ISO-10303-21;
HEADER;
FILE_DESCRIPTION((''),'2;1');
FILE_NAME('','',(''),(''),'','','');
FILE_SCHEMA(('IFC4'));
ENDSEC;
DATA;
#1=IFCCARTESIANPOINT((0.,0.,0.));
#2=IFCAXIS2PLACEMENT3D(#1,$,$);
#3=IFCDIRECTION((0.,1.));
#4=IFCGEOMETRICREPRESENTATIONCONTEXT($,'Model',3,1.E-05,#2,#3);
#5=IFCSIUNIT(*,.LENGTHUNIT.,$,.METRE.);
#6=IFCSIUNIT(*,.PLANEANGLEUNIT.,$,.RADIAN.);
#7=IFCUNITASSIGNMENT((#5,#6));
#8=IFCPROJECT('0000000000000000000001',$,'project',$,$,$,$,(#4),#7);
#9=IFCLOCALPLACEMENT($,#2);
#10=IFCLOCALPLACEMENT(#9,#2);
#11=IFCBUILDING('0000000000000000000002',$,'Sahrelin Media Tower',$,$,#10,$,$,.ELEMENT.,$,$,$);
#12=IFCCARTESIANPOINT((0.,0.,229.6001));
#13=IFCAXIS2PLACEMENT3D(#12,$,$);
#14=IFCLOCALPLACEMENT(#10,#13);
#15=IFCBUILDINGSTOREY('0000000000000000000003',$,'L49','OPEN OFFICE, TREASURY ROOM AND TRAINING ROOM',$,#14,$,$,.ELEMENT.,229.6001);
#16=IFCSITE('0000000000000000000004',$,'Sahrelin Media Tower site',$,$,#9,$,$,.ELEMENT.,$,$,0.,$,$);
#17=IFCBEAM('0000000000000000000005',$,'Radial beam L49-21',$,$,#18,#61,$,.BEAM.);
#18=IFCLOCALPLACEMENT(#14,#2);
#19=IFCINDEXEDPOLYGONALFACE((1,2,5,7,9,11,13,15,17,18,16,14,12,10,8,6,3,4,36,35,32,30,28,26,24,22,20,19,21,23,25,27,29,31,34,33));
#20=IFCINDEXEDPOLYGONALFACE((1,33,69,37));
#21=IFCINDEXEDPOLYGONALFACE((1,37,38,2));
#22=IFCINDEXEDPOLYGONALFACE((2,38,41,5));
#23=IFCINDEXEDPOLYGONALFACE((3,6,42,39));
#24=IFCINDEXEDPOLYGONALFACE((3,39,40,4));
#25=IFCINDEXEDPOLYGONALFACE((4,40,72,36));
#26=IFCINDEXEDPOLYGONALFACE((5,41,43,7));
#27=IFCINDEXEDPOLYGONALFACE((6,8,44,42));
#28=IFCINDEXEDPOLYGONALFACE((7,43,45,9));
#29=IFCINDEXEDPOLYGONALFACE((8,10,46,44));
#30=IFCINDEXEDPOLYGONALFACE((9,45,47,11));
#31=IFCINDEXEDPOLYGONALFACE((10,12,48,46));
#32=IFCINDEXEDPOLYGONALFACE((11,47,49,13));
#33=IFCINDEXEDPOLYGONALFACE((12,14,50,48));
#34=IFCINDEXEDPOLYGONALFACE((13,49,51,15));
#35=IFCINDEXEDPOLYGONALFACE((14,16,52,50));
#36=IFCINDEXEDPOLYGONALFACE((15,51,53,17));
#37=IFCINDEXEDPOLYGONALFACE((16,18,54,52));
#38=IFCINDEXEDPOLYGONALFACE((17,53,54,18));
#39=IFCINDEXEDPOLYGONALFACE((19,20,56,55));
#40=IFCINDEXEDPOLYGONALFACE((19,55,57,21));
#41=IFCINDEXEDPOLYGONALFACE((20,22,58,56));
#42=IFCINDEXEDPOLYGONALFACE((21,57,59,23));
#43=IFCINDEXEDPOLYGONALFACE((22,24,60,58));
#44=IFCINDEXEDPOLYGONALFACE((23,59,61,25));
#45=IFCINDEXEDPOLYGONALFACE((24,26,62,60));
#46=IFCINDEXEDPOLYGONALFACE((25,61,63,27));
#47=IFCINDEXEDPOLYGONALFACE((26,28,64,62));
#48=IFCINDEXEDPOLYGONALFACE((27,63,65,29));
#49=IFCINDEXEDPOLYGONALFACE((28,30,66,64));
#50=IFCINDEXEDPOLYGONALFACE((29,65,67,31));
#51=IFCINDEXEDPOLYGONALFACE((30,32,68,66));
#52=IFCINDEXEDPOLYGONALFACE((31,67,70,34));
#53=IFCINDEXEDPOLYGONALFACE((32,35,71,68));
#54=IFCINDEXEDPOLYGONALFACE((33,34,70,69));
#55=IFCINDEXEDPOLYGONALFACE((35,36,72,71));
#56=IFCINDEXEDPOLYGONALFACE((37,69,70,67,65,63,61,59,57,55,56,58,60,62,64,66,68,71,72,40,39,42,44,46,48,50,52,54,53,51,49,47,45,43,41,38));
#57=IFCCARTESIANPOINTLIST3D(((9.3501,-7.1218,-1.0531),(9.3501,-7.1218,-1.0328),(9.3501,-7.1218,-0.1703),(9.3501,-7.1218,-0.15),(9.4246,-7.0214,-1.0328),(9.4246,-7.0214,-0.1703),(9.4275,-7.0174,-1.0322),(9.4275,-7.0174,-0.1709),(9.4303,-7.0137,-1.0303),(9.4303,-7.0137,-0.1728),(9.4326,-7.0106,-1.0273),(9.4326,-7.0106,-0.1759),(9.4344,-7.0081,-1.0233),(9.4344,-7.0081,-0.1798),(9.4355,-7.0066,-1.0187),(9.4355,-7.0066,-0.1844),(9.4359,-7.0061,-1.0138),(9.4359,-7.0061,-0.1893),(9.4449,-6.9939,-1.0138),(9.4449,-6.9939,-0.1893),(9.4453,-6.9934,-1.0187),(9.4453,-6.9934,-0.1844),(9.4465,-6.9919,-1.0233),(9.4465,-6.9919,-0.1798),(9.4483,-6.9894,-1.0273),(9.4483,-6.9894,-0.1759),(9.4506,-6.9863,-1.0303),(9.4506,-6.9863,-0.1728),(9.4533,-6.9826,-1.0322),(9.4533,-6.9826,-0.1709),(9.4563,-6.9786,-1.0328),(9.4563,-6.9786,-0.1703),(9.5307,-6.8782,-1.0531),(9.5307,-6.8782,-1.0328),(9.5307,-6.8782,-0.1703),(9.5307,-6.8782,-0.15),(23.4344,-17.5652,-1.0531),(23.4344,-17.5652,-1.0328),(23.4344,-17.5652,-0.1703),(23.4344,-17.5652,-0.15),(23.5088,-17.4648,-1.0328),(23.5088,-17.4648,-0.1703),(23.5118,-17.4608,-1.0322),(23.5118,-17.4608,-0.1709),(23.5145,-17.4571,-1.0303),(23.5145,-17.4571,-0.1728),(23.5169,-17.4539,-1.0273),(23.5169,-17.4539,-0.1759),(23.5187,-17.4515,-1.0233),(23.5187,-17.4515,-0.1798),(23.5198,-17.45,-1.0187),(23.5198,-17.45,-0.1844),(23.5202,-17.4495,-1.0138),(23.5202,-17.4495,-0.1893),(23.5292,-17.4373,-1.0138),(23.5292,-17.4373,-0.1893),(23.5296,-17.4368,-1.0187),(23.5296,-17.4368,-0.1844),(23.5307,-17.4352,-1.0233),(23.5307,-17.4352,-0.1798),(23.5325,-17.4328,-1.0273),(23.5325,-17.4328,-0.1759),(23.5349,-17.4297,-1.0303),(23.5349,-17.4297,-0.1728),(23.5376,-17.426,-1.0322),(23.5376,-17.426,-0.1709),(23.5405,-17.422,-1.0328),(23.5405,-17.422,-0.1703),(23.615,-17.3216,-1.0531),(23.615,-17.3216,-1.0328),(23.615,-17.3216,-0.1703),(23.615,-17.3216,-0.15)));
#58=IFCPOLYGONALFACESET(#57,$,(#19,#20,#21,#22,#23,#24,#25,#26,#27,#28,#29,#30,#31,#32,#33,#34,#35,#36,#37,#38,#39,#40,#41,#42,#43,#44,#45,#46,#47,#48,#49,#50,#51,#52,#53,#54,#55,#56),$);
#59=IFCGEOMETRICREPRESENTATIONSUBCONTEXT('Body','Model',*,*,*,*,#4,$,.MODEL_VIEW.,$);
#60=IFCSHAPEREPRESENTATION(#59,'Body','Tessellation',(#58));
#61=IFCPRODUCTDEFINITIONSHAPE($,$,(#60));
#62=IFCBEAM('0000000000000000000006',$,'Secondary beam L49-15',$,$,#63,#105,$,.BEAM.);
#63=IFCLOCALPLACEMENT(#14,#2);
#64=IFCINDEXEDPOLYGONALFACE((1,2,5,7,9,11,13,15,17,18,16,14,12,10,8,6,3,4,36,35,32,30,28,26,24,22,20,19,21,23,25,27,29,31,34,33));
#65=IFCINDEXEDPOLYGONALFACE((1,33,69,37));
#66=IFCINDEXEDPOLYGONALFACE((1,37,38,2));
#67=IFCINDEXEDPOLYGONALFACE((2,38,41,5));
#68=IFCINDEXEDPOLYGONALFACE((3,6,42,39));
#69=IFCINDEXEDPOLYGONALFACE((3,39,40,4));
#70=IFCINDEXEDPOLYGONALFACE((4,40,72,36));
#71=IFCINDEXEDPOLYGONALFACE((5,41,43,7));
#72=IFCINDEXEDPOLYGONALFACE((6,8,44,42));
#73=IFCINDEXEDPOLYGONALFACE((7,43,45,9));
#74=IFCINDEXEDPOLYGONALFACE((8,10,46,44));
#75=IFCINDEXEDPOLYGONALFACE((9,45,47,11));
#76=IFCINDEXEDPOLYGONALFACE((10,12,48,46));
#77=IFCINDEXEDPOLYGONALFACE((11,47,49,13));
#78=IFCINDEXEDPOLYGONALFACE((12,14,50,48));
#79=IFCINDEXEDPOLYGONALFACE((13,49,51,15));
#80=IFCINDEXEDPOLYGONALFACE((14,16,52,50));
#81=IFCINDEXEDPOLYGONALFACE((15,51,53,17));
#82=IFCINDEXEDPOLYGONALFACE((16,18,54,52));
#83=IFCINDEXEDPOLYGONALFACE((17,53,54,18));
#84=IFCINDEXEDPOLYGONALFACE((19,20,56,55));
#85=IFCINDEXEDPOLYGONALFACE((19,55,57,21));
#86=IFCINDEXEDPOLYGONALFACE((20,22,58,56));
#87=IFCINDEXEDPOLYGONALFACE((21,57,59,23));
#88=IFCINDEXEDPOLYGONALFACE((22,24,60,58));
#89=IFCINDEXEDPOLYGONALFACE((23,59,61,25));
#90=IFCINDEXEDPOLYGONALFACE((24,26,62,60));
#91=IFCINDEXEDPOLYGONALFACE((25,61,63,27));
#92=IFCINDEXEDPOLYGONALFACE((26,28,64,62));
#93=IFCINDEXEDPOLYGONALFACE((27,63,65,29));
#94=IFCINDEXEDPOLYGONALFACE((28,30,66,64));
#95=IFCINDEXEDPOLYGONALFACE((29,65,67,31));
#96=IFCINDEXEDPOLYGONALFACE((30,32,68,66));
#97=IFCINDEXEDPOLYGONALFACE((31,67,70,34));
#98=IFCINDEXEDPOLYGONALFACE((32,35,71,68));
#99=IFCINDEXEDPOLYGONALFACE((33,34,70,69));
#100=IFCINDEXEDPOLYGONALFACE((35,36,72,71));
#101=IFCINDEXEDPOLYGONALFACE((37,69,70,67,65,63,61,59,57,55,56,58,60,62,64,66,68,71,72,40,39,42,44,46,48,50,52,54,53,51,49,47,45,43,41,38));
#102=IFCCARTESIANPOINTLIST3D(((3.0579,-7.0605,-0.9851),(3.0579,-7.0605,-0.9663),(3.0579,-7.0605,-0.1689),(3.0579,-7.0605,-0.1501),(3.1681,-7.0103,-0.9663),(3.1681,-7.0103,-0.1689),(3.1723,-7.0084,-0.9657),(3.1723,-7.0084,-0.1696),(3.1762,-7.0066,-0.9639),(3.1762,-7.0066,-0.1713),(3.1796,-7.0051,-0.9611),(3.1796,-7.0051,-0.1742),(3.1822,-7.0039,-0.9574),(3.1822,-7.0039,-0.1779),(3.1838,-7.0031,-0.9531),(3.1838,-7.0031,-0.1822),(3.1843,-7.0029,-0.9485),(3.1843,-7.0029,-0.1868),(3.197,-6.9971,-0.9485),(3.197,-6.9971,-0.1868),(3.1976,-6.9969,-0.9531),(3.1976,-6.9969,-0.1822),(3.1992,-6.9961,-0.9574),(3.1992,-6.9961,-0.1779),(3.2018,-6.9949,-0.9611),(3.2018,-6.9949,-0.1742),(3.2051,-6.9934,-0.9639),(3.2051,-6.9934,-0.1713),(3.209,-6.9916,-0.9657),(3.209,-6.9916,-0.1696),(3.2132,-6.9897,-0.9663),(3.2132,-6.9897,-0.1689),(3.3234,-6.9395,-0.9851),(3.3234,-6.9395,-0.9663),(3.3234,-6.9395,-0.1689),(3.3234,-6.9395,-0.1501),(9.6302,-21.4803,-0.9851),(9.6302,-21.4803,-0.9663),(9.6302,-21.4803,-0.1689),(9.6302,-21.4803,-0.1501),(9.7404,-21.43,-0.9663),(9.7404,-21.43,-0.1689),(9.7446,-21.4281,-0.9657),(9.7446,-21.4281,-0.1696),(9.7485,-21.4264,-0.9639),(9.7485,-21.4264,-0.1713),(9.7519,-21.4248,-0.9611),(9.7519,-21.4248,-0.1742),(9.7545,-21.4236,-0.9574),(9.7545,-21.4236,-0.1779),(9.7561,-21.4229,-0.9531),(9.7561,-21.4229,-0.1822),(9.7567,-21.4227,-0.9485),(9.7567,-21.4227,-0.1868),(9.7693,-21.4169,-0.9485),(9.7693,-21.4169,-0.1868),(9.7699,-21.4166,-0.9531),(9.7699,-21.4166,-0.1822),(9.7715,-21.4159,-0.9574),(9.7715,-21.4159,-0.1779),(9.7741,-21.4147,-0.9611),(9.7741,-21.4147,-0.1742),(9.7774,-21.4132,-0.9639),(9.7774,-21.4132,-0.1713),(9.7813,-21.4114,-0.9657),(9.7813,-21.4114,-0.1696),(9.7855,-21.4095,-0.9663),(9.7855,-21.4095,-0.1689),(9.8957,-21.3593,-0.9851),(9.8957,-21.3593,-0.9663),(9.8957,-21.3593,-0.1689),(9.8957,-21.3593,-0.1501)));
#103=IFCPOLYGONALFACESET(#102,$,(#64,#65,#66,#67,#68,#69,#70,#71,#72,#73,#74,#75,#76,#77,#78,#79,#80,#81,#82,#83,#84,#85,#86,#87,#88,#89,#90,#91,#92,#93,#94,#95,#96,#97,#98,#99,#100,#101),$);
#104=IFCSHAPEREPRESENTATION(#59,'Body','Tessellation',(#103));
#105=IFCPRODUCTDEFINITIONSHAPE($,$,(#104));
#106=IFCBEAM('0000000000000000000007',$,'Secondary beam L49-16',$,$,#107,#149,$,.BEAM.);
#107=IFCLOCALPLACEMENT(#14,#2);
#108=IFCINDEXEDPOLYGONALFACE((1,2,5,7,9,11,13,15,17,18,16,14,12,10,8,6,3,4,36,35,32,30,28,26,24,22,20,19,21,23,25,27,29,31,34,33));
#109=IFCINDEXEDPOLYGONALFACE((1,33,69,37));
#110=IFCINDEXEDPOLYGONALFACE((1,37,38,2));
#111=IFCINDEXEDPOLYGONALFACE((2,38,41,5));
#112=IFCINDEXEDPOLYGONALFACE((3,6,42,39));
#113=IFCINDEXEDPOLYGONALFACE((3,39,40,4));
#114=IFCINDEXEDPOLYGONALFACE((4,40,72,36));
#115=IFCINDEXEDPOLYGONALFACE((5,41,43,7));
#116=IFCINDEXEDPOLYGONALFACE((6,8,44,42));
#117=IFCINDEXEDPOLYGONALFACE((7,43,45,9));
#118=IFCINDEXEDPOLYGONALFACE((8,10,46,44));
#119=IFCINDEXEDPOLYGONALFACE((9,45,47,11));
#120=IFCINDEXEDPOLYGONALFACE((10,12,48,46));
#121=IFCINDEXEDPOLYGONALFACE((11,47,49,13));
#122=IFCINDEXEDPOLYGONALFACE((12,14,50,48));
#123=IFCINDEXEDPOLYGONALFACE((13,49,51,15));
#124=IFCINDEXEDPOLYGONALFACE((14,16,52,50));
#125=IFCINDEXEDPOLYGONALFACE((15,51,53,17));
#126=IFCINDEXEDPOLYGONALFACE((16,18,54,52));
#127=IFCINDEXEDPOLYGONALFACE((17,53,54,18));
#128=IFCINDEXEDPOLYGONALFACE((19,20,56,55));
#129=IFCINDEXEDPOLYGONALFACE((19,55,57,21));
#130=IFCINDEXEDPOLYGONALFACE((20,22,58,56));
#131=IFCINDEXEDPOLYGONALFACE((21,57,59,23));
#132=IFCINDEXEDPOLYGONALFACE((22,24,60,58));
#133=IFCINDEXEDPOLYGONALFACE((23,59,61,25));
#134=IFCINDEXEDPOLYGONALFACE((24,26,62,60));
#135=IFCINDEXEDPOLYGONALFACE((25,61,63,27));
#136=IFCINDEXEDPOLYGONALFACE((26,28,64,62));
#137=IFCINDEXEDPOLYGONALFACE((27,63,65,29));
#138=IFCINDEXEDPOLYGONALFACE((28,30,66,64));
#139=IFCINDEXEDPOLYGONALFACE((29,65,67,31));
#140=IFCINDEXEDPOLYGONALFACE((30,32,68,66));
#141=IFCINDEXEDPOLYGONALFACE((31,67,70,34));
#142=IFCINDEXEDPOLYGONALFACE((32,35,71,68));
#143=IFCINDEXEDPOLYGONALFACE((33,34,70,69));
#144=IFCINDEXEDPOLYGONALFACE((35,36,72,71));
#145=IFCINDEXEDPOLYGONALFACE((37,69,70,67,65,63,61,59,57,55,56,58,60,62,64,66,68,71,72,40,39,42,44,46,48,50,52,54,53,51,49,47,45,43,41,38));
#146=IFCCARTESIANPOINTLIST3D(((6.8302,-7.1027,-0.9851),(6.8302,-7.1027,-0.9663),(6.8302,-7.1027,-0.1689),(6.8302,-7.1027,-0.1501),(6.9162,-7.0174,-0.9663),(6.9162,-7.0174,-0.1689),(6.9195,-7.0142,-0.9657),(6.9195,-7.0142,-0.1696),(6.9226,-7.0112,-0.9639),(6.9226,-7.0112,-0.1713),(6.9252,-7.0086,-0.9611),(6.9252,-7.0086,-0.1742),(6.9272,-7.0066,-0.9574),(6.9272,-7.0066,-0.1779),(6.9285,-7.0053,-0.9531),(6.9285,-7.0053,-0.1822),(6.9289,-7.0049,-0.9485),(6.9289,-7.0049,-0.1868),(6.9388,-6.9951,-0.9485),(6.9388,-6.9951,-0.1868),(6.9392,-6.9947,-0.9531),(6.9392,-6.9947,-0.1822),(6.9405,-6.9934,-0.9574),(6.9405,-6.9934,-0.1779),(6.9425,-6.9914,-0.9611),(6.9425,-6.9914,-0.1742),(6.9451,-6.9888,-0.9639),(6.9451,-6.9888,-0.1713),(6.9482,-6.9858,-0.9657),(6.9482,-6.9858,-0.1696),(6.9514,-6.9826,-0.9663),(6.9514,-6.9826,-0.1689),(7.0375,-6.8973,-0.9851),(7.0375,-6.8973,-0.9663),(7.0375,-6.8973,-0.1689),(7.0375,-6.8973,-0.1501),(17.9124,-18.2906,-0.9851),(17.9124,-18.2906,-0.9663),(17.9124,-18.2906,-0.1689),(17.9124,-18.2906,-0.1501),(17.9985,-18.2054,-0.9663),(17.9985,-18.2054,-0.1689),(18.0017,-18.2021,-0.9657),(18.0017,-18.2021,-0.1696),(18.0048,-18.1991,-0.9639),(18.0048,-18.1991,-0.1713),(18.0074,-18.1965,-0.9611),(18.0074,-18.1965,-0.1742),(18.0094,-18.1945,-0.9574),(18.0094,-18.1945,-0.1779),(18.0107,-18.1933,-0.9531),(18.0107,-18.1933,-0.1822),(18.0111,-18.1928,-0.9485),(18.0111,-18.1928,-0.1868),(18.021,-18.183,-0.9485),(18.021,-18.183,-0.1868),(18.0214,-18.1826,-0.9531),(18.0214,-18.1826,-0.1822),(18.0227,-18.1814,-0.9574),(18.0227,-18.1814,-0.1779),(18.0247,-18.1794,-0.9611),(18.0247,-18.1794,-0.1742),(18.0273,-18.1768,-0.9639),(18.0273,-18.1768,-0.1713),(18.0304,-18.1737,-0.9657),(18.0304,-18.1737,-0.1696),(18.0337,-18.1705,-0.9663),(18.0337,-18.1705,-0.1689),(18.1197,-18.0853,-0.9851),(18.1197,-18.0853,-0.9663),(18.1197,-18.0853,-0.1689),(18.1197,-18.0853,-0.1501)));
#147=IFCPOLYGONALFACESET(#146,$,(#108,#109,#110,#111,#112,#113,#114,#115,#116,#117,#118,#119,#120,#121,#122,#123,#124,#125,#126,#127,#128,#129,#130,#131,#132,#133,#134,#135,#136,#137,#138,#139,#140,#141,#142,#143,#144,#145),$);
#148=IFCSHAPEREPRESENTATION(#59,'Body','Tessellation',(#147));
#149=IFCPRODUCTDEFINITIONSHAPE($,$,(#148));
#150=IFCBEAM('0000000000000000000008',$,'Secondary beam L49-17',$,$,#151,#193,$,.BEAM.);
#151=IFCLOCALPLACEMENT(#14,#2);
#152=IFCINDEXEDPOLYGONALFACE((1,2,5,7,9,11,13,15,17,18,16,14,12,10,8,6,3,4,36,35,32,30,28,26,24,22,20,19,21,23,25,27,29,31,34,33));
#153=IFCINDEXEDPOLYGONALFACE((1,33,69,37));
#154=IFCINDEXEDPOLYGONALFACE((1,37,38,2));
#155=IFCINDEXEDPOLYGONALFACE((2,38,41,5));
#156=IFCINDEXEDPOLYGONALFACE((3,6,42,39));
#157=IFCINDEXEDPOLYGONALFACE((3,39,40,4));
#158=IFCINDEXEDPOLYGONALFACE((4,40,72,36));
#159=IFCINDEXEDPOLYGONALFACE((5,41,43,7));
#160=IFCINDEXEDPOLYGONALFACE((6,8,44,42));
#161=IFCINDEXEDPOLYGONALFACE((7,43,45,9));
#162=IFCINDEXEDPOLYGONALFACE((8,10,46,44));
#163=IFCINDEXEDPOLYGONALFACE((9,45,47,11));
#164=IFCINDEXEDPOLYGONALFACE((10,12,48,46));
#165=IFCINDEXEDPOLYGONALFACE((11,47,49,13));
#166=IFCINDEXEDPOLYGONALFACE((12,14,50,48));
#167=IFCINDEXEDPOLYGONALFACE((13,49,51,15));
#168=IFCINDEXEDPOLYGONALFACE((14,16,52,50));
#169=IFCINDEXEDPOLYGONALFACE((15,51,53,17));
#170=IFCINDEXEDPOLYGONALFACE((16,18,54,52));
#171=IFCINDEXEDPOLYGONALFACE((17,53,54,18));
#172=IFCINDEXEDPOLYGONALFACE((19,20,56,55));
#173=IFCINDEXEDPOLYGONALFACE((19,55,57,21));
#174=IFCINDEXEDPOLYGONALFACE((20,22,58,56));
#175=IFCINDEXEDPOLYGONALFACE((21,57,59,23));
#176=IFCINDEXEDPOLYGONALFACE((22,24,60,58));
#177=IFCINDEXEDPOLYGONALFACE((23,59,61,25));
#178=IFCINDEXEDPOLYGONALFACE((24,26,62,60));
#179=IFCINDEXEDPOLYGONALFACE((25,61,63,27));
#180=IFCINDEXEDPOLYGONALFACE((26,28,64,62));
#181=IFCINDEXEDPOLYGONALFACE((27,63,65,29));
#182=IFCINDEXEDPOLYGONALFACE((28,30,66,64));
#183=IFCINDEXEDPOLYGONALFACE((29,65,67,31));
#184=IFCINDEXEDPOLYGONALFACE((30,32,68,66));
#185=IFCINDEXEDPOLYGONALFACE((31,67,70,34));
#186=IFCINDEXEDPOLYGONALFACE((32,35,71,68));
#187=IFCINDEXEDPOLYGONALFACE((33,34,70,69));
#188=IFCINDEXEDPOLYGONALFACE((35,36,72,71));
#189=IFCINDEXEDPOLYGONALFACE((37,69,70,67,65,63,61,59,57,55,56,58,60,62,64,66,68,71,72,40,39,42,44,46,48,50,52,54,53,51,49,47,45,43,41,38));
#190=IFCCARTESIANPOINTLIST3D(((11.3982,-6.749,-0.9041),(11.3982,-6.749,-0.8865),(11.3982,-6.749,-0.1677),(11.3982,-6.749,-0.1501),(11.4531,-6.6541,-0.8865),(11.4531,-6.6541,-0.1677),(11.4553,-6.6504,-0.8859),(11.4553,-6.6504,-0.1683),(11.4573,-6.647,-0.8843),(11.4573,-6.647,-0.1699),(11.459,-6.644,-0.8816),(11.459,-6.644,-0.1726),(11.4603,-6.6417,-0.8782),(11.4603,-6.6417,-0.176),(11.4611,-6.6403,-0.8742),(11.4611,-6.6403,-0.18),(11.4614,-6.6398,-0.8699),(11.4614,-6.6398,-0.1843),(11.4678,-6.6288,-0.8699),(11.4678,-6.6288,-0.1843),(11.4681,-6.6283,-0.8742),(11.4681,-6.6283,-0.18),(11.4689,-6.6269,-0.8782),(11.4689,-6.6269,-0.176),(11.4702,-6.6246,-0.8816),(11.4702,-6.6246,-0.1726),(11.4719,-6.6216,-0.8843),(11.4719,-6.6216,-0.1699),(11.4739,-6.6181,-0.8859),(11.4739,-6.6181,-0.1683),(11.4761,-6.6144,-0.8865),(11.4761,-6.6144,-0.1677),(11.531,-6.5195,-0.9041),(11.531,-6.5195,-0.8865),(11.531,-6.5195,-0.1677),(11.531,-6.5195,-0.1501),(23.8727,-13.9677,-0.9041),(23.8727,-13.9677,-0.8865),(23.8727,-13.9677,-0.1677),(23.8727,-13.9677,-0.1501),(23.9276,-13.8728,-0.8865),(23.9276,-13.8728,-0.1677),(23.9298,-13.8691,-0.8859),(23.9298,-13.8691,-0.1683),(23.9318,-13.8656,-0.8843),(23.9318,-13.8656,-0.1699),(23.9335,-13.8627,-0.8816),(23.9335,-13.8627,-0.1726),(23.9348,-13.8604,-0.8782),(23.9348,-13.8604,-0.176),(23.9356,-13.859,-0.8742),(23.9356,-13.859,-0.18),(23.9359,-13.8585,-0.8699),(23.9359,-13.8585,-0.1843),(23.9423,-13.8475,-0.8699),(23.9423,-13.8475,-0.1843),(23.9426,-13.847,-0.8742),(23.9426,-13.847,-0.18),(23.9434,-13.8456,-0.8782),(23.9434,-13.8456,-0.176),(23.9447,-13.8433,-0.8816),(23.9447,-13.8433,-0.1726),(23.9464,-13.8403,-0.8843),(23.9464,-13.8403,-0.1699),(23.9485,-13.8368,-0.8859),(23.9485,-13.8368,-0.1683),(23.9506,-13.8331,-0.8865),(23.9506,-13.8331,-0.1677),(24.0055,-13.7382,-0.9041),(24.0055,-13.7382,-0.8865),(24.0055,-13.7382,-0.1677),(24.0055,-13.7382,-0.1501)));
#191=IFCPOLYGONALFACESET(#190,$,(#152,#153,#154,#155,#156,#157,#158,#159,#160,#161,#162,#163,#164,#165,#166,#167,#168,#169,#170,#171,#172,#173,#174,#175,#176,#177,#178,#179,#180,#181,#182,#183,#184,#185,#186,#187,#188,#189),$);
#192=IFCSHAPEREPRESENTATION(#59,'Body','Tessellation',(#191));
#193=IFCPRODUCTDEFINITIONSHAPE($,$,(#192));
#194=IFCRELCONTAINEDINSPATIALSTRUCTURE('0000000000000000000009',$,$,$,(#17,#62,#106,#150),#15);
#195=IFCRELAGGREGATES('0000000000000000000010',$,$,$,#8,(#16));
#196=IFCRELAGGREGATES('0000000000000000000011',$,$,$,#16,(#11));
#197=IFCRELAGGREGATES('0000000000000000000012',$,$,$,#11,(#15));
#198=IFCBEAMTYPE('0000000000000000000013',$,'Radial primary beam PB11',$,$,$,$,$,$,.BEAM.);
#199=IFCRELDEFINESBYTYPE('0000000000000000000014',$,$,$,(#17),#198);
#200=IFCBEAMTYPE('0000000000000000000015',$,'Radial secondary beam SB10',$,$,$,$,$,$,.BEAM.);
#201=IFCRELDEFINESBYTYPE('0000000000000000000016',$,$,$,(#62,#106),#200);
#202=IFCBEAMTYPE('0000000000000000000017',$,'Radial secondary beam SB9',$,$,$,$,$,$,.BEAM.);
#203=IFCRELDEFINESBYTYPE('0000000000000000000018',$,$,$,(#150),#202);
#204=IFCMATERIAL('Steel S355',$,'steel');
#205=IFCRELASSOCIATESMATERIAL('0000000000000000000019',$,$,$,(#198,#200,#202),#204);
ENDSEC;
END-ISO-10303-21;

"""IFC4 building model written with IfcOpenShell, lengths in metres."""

from ifc_helpers import new_model, si_unit, direction, frame, origin, origin_2d, place, context, subcontext, project, spatial, i_section, extrude, material, material_profile, profile_set, type_object, element, save


model = new_model("IFC4")

# Units and contexts
model_context = context("Model", 3, precision=1e-05, world=origin(), true_north=direction((0.0, 1.0)))
body_context = subcontext(model_context, "Body", "Model", "MODEL_VIEW")
ifc_project = project(units=[si_unit("LENGTHUNIT", "METRE"), si_unit("PLANEANGLEUNIT", "RADIAN")], contexts=[model_context])

# Site, building, storey
site_placement = place(None, origin())
site = spatial("IfcSite", under=ifc_project, at=site_placement, Name="Sahrelin Media Tower site", CompositionType="ELEMENT", RefElevation=0.0)
building_placement = place(site_placement, origin())
building = spatial("IfcBuilding", under=site, at=building_placement, Name="Sahrelin Media Tower", CompositionType="ELEMENT")
storey_placement = place(building_placement, frame((0.0, 0.0, 229.6001)))
storey = spatial("IfcBuildingStorey", under=building, at=storey_placement, Name="L49", Description="OPEN OFFICE, TREASURY ROOM AND TRAINING ROOM", CompositionType="ELEMENT", Elevation=229.6001)

# Shared definitions
ifc_material_1 = material(Name="Steel S355", Category="steel")

# Beams
ifc_material_profile_1 = material_profile(ifc_material_1, i_section(OverallWidth=0.3032, OverallDepth=0.9031, WebThickness=0.0151, FlangeThickness=0.0203, FilletRadius=0.019, at=origin_2d()), Name="UB 914x305x201")
ifc_profile_set_1 = profile_set([ifc_material_profile_1], Name="Steel S355")
beam_type_1 = type_object("IfcBeamType", Name="Radial primary beam PB11", PredefinedType="BEAM", material=ifc_profile_set_1)
beam_1_placement = place(storey_placement, frame((9.4404, -7.0, -0.6016), z_axis=(0.803268, -0.595618, 0.0), x_axis=(0.595618, 0.803268, 0.0)))
element("IfcBeam", 1, at=beam_1_placement, inside=storey, type_object=beam_type_1, Name="Radial beam L49-21", PredefinedType="BEAM", context=body_context, shape_type="SweptSolid", body=[
    extrude(i_section(OverallWidth=0.3032, OverallDepth=0.9031, WebThickness=0.0151, FlangeThickness=0.0203, FilletRadius=0.019, at=origin_2d()), origin(), (0.0, 0.0, 1.0), 17.5337),
])
ifc_material_profile_2 = material_profile(ifc_material_1, i_section(OverallWidth=0.2917, OverallDepth=0.835, WebThickness=0.0139, FlangeThickness=0.0188, FilletRadius=0.0178, at=origin_2d()), Name="UB 838x292x176")
ifc_profile_set_2 = profile_set([ifc_material_profile_2], Name="Steel S355")
beam_type_2 = type_object("IfcBeamType", Name="Radial secondary beam SB10", PredefinedType="BEAM", material=ifc_profile_set_2)
beam_2_placement = place(storey_placement, frame((3.1907, -7.0, -0.5676), z_axis=(0.414737, -0.909941, 0.0), x_axis=(0.909941, 0.414737, 0.0)))
element("IfcBeam", 2, at=beam_2_placement, inside=storey, type_object=beam_type_2, Name="Secondary beam L49-15", PredefinedType="BEAM", context=body_context, shape_type="SweptSolid", body=[
    extrude(i_section(OverallWidth=0.2917, OverallDepth=0.835, WebThickness=0.0139, FlangeThickness=0.0188, FilletRadius=0.0178, at=origin_2d()), origin(), (0.0, 0.0, 1.0), 15.8469),
])
beam_3_placement = place(storey_placement, frame((6.9338, -7.0, -0.5676), z_axis=(0.703742, -0.710455, 0.0), x_axis=(0.710455, 0.703742, 0.0)))
element("IfcBeam", 3, at=beam_3_placement, inside=storey, type_object=beam_type_2, Name="Secondary beam L49-16", PredefinedType="BEAM", context=body_context, shape_type="SweptSolid", body=[
    extrude(i_section(OverallWidth=0.2917, OverallDepth=0.835, WebThickness=0.0139, FlangeThickness=0.0188, FilletRadius=0.0178, at=origin_2d()), origin(), (0.0, 0.0, 1.0), 15.7476),
])
ifc_material_profile_3 = material_profile(ifc_material_1, i_section(OverallWidth=0.2651, OverallDepth=0.7539, WebThickness=0.0127, FlangeThickness=0.0176, FilletRadius=0.0166, at=origin_2d()), Name="UB 762x267x147")
ifc_profile_set_3 = profile_set([ifc_material_profile_3], Name="Steel S355")
beam_type_3 = type_object("IfcBeamType", Name="Radial secondary beam SB9", PredefinedType="BEAM", material=ifc_profile_set_3)
beam_4_placement = place(storey_placement, frame((11.4646, -6.6343, -0.5271), z_axis=(0.865528, -0.50086, 0.0), x_axis=(0.50086, 0.865528, 0.0)))
element("IfcBeam", 4, at=beam_4_placement, inside=storey, type_object=beam_type_3, Name="Secondary beam L49-17", PredefinedType="BEAM", context=body_context, shape_type="SweptSolid", body=[
    extrude(i_section(OverallWidth=0.2651, OverallDepth=0.7539, WebThickness=0.0127, FlangeThickness=0.0176, FilletRadius=0.0166, at=origin_2d()), origin(), (0.0, 0.0, 1.0), 14.4126),
])

save(model, "model.ifc")
